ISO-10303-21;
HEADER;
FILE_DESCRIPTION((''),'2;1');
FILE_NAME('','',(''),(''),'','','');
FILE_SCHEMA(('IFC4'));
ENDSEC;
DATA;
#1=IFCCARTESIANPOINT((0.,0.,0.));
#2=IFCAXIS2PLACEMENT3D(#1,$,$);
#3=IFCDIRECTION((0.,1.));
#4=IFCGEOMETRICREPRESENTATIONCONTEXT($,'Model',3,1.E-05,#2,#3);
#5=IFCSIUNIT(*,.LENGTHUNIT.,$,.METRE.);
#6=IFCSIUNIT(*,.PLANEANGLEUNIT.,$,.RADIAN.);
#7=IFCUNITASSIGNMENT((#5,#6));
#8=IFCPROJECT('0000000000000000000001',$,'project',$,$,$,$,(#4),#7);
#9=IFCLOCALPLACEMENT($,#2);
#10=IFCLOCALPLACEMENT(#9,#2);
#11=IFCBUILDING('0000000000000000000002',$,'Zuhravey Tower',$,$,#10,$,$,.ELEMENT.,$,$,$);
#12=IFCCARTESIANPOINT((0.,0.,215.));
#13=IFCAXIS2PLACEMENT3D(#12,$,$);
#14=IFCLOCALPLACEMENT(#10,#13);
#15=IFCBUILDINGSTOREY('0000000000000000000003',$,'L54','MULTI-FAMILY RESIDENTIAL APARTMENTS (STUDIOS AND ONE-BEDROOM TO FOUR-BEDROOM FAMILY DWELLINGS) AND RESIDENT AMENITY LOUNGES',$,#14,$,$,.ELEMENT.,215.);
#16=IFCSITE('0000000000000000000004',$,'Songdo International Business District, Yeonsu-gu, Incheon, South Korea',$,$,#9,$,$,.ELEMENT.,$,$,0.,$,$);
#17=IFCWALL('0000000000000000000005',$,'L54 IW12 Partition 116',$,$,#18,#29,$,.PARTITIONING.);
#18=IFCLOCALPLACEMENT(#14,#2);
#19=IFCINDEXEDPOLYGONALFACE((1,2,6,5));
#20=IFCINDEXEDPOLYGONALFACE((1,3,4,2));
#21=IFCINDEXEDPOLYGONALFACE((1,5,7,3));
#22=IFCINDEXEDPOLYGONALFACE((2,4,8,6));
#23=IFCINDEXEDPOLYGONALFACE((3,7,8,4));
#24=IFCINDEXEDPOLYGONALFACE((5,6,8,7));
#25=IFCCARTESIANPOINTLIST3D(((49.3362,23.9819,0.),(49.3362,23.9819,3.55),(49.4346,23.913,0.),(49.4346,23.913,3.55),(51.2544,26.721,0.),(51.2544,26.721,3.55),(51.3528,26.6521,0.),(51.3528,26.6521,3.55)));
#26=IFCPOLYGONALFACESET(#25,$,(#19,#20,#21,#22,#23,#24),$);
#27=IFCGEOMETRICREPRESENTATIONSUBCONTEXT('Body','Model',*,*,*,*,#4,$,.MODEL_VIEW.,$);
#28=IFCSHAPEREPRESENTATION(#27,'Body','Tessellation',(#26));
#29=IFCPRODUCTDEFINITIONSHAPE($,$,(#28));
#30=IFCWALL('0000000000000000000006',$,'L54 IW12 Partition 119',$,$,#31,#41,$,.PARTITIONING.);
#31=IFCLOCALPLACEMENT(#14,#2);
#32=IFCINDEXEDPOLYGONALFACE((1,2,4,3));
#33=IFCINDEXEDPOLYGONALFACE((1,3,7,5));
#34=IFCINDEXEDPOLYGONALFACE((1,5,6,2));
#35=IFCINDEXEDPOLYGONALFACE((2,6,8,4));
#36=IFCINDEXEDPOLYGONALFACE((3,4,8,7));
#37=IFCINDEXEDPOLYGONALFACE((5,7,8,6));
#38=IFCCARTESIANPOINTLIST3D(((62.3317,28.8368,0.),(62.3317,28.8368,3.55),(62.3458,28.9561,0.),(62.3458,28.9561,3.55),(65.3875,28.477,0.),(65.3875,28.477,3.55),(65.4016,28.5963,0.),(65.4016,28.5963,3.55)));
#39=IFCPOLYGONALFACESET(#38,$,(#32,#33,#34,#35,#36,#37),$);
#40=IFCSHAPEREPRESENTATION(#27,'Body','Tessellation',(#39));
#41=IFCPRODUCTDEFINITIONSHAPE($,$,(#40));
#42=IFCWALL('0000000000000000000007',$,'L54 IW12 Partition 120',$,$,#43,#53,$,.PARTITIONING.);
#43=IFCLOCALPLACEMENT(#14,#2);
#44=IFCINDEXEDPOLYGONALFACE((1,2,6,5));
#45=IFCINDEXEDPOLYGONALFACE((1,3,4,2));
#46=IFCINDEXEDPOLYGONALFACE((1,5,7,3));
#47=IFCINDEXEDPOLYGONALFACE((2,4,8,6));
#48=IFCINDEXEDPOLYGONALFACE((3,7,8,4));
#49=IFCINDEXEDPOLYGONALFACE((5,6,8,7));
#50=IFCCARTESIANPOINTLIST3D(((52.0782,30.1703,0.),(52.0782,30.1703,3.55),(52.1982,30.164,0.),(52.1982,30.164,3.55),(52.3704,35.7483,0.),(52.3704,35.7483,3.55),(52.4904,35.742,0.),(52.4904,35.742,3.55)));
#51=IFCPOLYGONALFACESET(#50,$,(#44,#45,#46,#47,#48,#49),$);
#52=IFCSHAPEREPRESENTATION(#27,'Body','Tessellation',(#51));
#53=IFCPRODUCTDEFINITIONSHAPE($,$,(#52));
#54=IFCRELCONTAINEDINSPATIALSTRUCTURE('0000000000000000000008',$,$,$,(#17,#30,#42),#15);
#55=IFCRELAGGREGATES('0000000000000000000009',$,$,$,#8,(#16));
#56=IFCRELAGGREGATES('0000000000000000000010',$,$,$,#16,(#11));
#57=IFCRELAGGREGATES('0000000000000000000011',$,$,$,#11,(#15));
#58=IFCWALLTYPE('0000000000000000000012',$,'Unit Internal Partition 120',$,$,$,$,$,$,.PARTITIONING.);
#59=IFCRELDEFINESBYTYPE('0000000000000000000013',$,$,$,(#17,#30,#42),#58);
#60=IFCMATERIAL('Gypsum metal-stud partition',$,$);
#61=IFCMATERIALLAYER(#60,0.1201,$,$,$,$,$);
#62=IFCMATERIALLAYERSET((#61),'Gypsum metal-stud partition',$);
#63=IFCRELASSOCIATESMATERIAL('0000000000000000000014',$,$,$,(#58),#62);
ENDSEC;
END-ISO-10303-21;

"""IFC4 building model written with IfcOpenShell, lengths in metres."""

from ifc_helpers import new_model, si_unit, direction, frame, frame_2d, origin, place, context, subcontext, project, spatial, rectangle, extrude, material, layer, layer_set, type_object, element, save


model = new_model("IFC4")

# Units and contexts
model_context = context("Model", 3, precision=1e-05, world=origin(), true_north=direction((0.0, 1.0)))
body_context = subcontext(model_context, "Body", "Model", "MODEL_VIEW")
ifc_project = project(units=[si_unit("LENGTHUNIT", "METRE"), si_unit("PLANEANGLEUNIT", "RADIAN")], contexts=[model_context])

# Site, building, storey
site_placement = place(None, origin())
site = spatial("IfcSite", under=ifc_project, at=site_placement, Name="Songdo International Business District, Yeonsu-gu, Incheon, South Korea", CompositionType="ELEMENT", RefElevation=0.0)
building_placement = place(site_placement, origin())
building = spatial("IfcBuilding", under=site, at=building_placement, Name="Zuhravey Tower", CompositionType="ELEMENT")
storey_placement = place(building_placement, frame((0.0, 0.0, 215.0)))
storey = spatial("IfcBuildingStorey", under=building, at=storey_placement, Name="L54", Description="MULTI-FAMILY RESIDENTIAL APARTMENTS (STUDIOS AND ONE-BEDROOM TO FOUR-BEDROOM FAMILY DWELLINGS) AND RESIDENT AMENITY LOUNGES", CompositionType="ELEMENT", Elevation=215.0)

# Shared definitions
ifc_material_1 = material(Name="Gypsum metal-stud partition")
ifc_layer_1 = layer(ifc_material_1, 0.1201)
ifc_layer_set_1 = layer_set([ifc_layer_1], Name="Gypsum metal-stud partition")
wall_type_1 = type_object("IfcWallType", Name="Unit Internal Partition 120", PredefinedType="PARTITIONING", material=ifc_layer_set_1)

# Walls
wall_1_placement = place(storey_placement, frame((49.3855, 23.9475, 0.0), z_axis=(0.0, 0.0, 1.0), x_axis=(0.573609, 0.819129, 0.0)))
element("IfcWall", 1, at=wall_1_placement, inside=storey, type_object=wall_type_1, Name="L54 IW12 Partition 116", PredefinedType="PARTITIONING", context=body_context, shape_type="SweptSolid", body=[
    extrude(rectangle(XDim=3.344, YDim=0.1201, at=frame_2d((1.6719, 0.0))), origin(), (0.0, 0.0, 1.0), 3.55),
])
wall_2_placement = place(storey_placement, frame((62.3386, 28.8965, 0.0), z_axis=(0.0, 0.0, 1.0), x_axis=(0.993138, -0.116952, 0.0)))
element("IfcWall", 2, at=wall_2_placement, inside=storey, type_object=wall_type_1, Name="L54 IW12 Partition 119", PredefinedType="PARTITIONING", context=body_context, shape_type="SweptSolid", body=[
    extrude(rectangle(XDim=3.0769, YDim=0.1201, at=frame_2d((1.5386, 0.0))), origin(), (0.0, 0.0, 1.0), 3.55),
])
wall_3_placement = place(storey_placement, frame((52.1382, 30.167, 0.0), z_axis=(0.0, 0.0, 1.0), x_axis=(0.052318, 0.99863, 0.0)))
element("IfcWall", 3, at=wall_3_placement, inside=storey, type_object=wall_type_1, Name="L54 IW12 Partition 120", PredefinedType="PARTITIONING", context=body_context, shape_type="SweptSolid", body=[
    extrude(rectangle(XDim=5.5857, YDim=0.1201, at=frame_2d((2.793, 0.0))), origin(), (0.0, 0.0, 1.0), 3.55),
])

save(model, "model.ifc")
